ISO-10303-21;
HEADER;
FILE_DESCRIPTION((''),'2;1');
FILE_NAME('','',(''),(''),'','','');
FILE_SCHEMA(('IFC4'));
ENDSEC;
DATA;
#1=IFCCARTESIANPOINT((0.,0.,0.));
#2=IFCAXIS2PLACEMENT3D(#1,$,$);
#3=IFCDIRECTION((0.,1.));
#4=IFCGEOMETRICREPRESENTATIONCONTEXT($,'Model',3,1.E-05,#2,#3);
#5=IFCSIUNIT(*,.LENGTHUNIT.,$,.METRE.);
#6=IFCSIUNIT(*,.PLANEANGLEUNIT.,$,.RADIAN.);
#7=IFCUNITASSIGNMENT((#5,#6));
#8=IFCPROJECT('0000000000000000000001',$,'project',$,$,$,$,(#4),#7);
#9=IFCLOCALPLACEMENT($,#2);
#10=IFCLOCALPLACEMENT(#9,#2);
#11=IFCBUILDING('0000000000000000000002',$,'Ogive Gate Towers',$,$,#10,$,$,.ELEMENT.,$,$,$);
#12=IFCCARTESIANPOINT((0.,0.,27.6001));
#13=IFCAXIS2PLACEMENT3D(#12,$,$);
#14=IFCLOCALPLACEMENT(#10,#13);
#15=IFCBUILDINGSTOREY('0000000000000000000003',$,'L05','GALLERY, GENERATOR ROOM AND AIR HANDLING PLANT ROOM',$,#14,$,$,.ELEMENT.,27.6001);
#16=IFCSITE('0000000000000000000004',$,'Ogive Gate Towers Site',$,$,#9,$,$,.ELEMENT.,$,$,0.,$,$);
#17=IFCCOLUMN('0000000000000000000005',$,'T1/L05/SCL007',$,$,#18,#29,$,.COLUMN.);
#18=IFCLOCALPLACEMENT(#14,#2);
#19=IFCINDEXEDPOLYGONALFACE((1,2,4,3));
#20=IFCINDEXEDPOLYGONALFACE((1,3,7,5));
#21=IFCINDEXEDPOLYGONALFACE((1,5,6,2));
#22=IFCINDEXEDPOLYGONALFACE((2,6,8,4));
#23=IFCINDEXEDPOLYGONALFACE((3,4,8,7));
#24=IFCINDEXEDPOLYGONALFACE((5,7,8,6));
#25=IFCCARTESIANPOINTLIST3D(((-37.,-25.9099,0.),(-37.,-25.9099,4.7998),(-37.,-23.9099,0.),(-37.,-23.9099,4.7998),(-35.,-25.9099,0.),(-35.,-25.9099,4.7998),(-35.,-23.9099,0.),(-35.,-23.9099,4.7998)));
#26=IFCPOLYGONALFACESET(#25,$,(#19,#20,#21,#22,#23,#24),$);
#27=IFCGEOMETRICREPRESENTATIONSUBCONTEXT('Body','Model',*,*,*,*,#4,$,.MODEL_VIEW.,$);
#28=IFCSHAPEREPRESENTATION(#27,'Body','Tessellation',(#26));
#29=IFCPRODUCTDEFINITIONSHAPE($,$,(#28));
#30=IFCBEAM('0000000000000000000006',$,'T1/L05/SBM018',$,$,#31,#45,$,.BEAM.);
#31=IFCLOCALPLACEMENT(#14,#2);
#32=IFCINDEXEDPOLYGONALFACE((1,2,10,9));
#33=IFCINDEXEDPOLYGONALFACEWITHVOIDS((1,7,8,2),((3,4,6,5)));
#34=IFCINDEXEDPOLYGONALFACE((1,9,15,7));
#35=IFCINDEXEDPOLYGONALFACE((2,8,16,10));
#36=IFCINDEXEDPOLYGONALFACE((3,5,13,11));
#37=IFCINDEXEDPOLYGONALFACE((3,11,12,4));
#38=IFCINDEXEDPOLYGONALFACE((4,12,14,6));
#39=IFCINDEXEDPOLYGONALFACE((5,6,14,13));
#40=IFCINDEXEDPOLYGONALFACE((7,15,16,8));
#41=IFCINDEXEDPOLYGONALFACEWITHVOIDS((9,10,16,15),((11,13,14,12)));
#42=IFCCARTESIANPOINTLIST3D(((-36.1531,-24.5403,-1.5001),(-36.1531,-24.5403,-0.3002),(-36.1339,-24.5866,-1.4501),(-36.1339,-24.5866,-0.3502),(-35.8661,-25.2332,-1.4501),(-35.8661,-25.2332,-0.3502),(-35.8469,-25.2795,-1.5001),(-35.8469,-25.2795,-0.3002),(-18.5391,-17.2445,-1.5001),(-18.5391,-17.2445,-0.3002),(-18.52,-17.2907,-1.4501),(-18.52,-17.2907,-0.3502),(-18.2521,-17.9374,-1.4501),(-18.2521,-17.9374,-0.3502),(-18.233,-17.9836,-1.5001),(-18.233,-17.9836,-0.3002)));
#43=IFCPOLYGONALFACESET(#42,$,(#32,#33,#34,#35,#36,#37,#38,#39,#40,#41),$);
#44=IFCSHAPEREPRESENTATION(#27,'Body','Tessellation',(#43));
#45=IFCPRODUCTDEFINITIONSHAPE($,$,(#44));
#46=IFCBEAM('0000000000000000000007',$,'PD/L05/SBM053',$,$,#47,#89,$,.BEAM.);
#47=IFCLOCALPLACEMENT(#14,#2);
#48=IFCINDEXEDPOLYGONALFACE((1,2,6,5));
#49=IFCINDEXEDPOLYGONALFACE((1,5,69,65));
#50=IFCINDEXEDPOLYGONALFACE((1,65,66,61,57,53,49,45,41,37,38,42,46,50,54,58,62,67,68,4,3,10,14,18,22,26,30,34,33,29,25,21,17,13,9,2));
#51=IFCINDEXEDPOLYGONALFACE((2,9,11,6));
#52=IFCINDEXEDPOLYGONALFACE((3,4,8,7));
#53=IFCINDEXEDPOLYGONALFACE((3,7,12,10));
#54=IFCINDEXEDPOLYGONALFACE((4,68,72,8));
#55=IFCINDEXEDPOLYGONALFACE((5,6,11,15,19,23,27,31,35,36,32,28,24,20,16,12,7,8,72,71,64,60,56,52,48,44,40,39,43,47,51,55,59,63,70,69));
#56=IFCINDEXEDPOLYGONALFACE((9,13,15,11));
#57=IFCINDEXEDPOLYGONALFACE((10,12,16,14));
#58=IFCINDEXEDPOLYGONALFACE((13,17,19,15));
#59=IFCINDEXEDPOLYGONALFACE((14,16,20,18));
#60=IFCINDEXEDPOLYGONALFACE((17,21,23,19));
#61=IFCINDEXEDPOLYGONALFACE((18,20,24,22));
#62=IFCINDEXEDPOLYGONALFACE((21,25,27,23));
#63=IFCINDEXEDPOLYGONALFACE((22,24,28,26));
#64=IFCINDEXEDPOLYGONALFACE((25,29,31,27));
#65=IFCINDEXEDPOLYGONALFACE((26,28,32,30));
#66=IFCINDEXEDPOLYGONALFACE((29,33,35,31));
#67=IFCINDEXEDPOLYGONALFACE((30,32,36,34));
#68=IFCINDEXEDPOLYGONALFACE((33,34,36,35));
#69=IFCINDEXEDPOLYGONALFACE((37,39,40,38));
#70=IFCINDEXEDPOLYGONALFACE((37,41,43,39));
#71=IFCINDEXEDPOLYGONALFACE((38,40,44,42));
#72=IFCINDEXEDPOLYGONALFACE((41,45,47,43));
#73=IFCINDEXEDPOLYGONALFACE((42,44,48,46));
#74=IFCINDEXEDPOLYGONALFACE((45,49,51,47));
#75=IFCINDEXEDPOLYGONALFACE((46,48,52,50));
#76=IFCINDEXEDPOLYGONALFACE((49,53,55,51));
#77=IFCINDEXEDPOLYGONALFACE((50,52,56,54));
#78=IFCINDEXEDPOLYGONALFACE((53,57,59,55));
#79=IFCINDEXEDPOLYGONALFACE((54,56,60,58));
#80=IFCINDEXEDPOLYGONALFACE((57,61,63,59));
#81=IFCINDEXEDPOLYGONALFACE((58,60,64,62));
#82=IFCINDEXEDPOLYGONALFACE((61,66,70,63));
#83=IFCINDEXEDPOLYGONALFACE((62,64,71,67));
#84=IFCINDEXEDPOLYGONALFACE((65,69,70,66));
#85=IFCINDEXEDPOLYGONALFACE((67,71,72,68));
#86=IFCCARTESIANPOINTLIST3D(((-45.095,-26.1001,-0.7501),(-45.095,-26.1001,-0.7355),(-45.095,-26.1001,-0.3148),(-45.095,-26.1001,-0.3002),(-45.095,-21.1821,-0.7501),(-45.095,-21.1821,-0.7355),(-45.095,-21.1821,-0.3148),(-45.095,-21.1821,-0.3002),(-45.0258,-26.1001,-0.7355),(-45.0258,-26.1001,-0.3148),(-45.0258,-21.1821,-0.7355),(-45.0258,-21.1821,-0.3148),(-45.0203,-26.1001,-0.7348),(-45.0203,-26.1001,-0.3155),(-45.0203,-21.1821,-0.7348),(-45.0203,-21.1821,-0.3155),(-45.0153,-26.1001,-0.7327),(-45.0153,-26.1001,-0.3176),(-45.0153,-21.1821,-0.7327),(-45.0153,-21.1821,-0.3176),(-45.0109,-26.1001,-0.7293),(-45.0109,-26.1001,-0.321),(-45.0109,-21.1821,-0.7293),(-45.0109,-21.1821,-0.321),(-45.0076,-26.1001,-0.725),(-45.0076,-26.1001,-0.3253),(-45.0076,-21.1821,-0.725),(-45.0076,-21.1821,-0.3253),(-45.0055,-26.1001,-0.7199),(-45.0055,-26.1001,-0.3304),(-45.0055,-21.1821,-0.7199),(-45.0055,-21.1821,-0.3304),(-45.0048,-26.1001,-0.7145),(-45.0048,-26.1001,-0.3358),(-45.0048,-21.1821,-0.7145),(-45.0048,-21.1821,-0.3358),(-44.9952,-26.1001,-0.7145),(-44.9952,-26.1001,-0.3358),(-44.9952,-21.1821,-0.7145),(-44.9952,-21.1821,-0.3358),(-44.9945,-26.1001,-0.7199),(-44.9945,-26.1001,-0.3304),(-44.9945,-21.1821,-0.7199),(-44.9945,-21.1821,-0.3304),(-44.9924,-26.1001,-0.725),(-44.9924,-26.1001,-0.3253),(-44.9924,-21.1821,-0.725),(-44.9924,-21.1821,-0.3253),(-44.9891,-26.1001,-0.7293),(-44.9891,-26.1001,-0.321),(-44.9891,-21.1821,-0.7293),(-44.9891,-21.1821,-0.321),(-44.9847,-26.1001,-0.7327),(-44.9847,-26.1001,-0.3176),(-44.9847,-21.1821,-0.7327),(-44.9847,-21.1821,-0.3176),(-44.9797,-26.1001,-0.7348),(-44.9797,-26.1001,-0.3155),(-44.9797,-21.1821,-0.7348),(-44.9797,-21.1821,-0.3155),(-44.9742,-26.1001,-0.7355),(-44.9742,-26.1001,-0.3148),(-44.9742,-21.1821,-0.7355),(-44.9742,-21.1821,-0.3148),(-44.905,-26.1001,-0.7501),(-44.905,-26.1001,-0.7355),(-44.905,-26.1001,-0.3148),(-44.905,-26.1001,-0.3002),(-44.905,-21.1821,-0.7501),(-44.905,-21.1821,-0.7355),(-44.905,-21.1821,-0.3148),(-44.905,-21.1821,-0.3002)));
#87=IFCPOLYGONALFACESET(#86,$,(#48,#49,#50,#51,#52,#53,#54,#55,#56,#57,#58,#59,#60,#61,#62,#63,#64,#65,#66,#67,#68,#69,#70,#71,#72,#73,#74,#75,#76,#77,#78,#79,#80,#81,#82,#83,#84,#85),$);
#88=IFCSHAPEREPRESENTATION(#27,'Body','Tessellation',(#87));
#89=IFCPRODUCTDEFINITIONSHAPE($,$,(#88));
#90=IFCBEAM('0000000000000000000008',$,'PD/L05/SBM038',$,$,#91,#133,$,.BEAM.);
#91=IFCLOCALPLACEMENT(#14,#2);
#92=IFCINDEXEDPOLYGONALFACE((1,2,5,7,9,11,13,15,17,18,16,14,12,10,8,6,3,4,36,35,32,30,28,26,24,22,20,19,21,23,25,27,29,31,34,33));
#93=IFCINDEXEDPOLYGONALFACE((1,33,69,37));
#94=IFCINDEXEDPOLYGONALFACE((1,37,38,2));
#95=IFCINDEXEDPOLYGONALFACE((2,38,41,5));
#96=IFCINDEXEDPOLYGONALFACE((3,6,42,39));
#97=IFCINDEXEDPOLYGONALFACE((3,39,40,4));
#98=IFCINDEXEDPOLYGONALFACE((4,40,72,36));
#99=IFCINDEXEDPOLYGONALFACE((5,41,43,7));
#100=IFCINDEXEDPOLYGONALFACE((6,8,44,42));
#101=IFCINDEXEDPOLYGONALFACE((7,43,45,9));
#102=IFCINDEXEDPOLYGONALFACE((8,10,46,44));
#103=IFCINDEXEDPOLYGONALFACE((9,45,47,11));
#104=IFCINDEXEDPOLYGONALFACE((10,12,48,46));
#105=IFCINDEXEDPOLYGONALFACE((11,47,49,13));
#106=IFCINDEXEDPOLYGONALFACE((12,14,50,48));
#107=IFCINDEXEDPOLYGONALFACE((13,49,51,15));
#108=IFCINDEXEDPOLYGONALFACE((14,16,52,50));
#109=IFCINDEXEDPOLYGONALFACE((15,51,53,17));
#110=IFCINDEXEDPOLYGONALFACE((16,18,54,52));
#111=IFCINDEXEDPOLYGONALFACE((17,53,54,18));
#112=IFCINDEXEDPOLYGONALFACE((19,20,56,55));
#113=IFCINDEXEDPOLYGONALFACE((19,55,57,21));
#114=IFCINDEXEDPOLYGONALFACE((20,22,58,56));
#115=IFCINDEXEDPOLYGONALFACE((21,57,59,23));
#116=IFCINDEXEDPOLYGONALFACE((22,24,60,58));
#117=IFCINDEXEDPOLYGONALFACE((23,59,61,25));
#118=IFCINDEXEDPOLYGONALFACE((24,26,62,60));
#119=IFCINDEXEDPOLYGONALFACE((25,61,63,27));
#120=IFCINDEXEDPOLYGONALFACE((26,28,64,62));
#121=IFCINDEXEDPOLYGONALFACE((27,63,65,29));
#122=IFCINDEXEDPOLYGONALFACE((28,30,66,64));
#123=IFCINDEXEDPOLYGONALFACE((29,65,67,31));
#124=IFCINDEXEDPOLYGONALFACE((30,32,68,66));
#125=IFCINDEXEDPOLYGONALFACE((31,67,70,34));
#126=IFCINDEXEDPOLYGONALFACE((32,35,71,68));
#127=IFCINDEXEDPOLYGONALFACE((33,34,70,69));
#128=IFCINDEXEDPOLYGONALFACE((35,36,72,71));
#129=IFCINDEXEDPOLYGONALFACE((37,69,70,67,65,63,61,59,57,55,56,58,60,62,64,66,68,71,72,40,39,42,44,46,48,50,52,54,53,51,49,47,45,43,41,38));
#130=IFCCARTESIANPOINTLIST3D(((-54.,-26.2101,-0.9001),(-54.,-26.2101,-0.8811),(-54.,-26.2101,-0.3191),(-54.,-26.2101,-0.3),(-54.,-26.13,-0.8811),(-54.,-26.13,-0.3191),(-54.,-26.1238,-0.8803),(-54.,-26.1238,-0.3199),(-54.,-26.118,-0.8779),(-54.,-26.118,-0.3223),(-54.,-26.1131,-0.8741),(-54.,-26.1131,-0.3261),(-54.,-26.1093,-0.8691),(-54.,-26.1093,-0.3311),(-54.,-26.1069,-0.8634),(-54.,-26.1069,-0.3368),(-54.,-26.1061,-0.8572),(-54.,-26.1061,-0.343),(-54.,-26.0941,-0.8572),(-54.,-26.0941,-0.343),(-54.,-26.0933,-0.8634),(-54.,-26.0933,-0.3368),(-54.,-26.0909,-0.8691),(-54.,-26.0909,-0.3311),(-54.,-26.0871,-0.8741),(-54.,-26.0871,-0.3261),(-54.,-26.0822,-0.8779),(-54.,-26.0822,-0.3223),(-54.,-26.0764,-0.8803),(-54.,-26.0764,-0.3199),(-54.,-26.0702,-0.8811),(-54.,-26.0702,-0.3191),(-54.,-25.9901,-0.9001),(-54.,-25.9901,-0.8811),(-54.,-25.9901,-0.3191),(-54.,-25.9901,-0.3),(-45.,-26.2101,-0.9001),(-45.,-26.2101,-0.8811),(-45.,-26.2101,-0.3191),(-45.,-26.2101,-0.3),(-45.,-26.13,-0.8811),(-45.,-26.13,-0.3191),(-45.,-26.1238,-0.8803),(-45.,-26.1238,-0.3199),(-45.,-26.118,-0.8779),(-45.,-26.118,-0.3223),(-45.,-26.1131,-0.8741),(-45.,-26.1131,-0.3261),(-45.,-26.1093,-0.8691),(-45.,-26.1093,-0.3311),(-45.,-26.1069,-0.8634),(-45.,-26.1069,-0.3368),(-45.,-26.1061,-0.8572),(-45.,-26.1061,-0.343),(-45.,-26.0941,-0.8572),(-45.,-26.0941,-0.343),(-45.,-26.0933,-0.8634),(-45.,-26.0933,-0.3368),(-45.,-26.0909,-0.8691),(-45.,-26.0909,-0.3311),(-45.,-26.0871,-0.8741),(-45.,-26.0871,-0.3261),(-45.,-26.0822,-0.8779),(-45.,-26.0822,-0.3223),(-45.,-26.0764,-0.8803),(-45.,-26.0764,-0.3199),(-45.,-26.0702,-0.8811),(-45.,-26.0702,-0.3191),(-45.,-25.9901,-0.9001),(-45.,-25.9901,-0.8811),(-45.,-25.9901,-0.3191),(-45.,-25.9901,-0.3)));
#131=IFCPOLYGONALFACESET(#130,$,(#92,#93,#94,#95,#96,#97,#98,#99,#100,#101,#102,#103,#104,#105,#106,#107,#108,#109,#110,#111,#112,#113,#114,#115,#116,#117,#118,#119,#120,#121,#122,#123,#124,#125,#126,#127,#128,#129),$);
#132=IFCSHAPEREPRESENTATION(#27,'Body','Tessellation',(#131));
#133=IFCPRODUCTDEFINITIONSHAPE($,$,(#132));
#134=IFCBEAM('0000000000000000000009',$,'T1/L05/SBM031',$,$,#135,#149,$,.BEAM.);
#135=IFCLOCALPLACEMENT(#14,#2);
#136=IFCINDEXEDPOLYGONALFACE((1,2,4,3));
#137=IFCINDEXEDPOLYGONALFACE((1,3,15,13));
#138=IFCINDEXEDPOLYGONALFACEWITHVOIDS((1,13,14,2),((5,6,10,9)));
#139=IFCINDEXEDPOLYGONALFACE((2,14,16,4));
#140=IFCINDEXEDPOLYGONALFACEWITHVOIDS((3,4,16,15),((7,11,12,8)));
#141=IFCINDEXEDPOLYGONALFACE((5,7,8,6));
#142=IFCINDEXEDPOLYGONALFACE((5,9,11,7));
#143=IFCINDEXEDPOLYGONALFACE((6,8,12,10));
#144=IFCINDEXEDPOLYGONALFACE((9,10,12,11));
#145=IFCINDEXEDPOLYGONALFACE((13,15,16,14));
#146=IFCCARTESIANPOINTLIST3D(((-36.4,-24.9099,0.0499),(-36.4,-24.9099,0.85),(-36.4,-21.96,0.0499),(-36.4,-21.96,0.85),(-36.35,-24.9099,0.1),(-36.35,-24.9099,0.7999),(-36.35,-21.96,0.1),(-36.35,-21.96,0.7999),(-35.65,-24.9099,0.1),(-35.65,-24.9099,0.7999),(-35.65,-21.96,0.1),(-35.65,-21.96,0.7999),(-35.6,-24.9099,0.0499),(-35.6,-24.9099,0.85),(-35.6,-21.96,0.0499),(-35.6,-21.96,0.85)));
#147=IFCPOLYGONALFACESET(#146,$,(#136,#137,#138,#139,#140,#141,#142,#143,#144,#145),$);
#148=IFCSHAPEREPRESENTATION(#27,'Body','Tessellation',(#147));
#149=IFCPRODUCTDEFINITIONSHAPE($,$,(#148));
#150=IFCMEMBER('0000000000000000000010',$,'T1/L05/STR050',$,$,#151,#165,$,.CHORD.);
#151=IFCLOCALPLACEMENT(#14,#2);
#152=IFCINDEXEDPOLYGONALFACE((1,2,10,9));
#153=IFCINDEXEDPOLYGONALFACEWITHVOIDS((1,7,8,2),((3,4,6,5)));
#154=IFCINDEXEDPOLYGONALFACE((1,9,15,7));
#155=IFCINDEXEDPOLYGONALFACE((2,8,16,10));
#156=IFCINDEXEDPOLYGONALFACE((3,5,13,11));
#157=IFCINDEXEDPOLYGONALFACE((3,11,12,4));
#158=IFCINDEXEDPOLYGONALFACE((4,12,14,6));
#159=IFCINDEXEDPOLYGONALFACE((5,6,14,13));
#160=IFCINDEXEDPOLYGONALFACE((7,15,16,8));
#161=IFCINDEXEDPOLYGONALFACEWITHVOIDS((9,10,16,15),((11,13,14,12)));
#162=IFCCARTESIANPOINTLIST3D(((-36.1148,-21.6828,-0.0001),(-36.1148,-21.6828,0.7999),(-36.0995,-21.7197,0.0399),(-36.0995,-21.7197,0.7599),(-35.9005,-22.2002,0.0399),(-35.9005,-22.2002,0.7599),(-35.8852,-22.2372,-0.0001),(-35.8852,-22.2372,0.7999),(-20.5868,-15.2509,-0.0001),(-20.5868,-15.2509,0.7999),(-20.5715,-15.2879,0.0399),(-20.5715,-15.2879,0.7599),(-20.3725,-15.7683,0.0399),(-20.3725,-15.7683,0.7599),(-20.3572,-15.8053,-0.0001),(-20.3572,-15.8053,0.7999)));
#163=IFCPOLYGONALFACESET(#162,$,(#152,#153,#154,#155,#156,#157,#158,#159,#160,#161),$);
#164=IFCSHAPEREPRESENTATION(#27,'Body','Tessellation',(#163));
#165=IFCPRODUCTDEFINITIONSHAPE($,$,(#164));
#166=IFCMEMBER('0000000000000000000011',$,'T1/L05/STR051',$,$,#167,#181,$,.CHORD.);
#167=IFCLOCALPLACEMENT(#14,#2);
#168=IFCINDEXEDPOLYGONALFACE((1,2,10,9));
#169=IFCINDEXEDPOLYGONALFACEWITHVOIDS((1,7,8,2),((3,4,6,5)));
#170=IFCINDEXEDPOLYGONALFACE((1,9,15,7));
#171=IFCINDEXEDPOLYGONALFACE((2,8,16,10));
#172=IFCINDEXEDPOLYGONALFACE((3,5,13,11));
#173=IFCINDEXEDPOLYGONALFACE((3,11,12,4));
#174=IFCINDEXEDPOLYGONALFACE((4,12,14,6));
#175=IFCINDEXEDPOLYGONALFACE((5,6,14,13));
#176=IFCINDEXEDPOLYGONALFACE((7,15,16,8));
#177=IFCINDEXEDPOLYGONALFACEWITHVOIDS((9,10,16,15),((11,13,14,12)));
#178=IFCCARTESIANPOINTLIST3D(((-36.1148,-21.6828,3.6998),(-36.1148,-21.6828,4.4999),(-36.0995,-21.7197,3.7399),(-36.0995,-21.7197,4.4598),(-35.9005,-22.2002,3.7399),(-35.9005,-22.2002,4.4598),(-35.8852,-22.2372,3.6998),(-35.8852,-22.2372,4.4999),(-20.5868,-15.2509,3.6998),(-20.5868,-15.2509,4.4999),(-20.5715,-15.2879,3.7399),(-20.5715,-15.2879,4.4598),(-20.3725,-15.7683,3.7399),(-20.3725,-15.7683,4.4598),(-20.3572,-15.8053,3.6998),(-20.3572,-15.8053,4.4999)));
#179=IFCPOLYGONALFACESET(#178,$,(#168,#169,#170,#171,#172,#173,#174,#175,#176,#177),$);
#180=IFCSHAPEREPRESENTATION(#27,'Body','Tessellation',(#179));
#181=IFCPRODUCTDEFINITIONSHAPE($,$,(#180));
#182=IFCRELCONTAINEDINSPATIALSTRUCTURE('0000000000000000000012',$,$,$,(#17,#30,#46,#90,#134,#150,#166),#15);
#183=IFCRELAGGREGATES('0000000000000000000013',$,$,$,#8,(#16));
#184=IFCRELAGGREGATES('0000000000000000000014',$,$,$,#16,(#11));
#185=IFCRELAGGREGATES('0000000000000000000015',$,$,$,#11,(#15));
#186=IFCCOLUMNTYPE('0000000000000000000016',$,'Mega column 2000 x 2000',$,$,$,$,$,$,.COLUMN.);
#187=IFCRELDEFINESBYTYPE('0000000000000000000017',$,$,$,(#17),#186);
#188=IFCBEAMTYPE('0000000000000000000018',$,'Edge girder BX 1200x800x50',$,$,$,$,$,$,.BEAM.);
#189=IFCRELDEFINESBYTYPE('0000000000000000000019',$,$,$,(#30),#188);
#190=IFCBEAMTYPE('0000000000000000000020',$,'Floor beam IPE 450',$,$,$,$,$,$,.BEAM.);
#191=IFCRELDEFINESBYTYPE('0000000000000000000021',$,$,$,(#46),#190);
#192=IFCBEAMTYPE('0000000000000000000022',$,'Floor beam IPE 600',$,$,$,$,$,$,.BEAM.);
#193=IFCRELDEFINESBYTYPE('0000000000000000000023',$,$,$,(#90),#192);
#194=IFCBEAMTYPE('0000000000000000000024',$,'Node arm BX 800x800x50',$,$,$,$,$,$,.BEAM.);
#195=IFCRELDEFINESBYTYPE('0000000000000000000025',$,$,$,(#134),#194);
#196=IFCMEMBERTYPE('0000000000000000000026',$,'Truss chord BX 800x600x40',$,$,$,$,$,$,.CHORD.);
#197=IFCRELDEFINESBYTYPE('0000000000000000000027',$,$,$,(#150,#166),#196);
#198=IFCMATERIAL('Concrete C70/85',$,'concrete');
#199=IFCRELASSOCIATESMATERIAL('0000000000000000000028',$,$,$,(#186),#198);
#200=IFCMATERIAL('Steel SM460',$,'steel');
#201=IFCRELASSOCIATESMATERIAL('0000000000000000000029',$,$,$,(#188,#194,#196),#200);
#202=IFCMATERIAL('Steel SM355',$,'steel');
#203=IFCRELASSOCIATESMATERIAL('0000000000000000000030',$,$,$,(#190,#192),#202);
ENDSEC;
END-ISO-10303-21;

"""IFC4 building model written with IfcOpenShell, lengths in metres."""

from ifc_helpers import new_model, si_unit, direction, frame, origin, origin_2d, place, context, subcontext, project, spatial, rectangle, hollow_rectangle, i_section, extrude, material, material_profile, profile_set, type_object, element, save


model = new_model("IFC4")

# Units and contexts
model_context = context("Model", 3, precision=1e-05, world=origin(), true_north=direction((0.0, 1.0)))
body_context = subcontext(model_context, "Body", "Model", "MODEL_VIEW")
ifc_project = project(units=[si_unit("LENGTHUNIT", "METRE"), si_unit("PLANEANGLEUNIT", "RADIAN")], contexts=[model_context])

# Site, building, storey
site_placement = place(None, origin())
site = spatial("IfcSite", under=ifc_project, at=site_placement, Name="Ogive Gate Towers Site", CompositionType="ELEMENT", RefElevation=0.0)
building_placement = place(site_placement, origin())
building = spatial("IfcBuilding", under=site, at=building_placement, Name="Ogive Gate Towers", CompositionType="ELEMENT")
storey_placement = place(building_placement, frame((0.0, 0.0, 27.6001)))
storey = spatial("IfcBuildingStorey", under=building, at=storey_placement, Name="L05", Description="GALLERY, GENERATOR ROOM AND AIR HANDLING PLANT ROOM", CompositionType="ELEMENT", Elevation=27.6001)

# Column
ifc_material_1 = material(Name="Concrete C70/85", Category="concrete")
ifc_material_profile_1 = material_profile(ifc_material_1, rectangle(XDim=2.0, YDim=2.0, at=origin_2d()), Name="RC 2000x2000")
ifc_profile_set_1 = profile_set([ifc_material_profile_1], Name="Concrete C70/85")
column_type = type_object("IfcColumnType", Name="Mega column 2000 x 2000", PredefinedType="COLUMN", material=ifc_profile_set_1)
column_placement = place(storey_placement, frame((-36.0, -24.9099, 0.0), z_axis=(0.0, 0.0, 1.0), x_axis=(0.0, -1.0, 0.0)))
element("IfcColumn", 1, at=column_placement, inside=storey, type_object=column_type, Name="T1/L05/SCL007", PredefinedType="COLUMN", context=body_context, shape_type="SweptSolid", body=[
    extrude(rectangle(XDim=2.0, YDim=2.0, at=origin_2d()), origin(), (0.0, 0.0, 1.0), 4.7998),
])

# Beams
ifc_material_2 = material(Name="Steel SM460", Category="steel")
ifc_material_profile_2 = material_profile(ifc_material_2, hollow_rectangle(XDim=0.8, YDim=1.2, WallThickness=0.05, at=origin_2d()), Name="BX 1200x800x50")
ifc_profile_set_2 = profile_set([ifc_material_profile_2], Name="Steel SM460")
beam_type_1 = type_object("IfcBeamType", Name="Edge girder BX 1200x800x50", PredefinedType="BEAM", material=ifc_profile_set_2)
beam_1_placement = place(storey_placement, frame((-36.0, -24.9099, -0.9001), z_axis=(0.923881, 0.382681, 0.0), x_axis=(-0.382681, 0.923881, 0.0)))
element("IfcBeam", 2, at=beam_1_placement, inside=storey, type_object=beam_type_1, Name="T1/L05/SBM018", PredefinedType="BEAM", context=body_context, shape_type="SweptSolid", body=[
    extrude(hollow_rectangle(XDim=0.8, YDim=1.2, WallThickness=0.05, at=origin_2d()), origin(), (0.0, 0.0, 1.0), 19.0652),
])
ifc_material_3 = material(Name="Steel SM355", Category="steel")
ifc_material_profile_3 = material_profile(ifc_material_3, i_section(OverallWidth=0.1899, OverallDepth=0.45, WebThickness=0.0095, FlangeThickness=0.0146, FilletRadius=0.021, at=origin_2d()), Name="IPE 450")
ifc_profile_set_3 = profile_set([ifc_material_profile_3], Name="Steel SM355")
beam_type_2 = type_object("IfcBeamType", Name="Floor beam IPE 450", PredefinedType="BEAM", material=ifc_profile_set_3)
beam_2_placement = place(storey_placement, frame((-45.0, -26.1001, -0.5251), z_axis=(0.0, 1.0, 0.0), x_axis=(-1.0, 0.0, 0.0)))
element("IfcBeam", 3, at=beam_2_placement, inside=storey, type_object=beam_type_2, Name="PD/L05/SBM053", PredefinedType="BEAM", context=body_context, shape_type="SweptSolid", body=[
    extrude(i_section(OverallWidth=0.1899, OverallDepth=0.45, WebThickness=0.0095, FlangeThickness=0.0146, FilletRadius=0.021, at=origin_2d()), origin(), (0.0, 0.0, 1.0), 4.918),
])
ifc_material_profile_4 = material_profile(ifc_material_3, i_section(OverallWidth=0.22, OverallDepth=0.6001, WebThickness=0.012, FlangeThickness=0.019, FilletRadius=0.0239, at=origin_2d()), Name="IPE 600")
ifc_profile_set_4 = profile_set([ifc_material_profile_4], Name="Steel SM355")
beam_type_3 = type_object("IfcBeamType", Name="Floor beam IPE 600", PredefinedType="BEAM", material=ifc_profile_set_4)
beam_3_placement = place(storey_placement, frame((-45.0, -26.1001, -0.6001), z_axis=(-1.0, 0.0, 0.0), x_axis=(0.0, -1.0, 0.0)))
element("IfcBeam", 4, at=beam_3_placement, inside=storey, type_object=beam_type_3, Name="PD/L05/SBM038", PredefinedType="BEAM", context=body_context, shape_type="SweptSolid", body=[
    extrude(i_section(OverallWidth=0.22, OverallDepth=0.6001, WebThickness=0.012, FlangeThickness=0.019, FilletRadius=0.0239, at=origin_2d()), origin(), (0.0, 0.0, 1.0), 9.0),
])
ifc_material_profile_5 = material_profile(ifc_material_2, hollow_rectangle(XDim=0.8, YDim=0.8, WallThickness=0.05, at=origin_2d()), Name="BX 800x800x50")
ifc_profile_set_5 = profile_set([ifc_material_profile_5], Name="Steel SM460")
beam_type_4 = type_object("IfcBeamType", Name="Node arm BX 800x800x50", PredefinedType="BEAM", material=ifc_profile_set_5)
beam_4_placement = place(storey_placement, frame((-36.0, -21.96, 0.45), z_axis=(0.0, -1.0, 0.0), x_axis=(1.0, 0.0, 0.0)))
element("IfcBeam", 5, at=beam_4_placement, inside=storey, type_object=beam_type_4, Name="T1/L05/SBM031", PredefinedType="BEAM", context=body_context, shape_type="SweptSolid", body=[
    extrude(hollow_rectangle(XDim=0.8, YDim=0.8, WallThickness=0.05, at=origin_2d()), origin(), (0.0, 0.0, 1.0), 2.95),
])

# Members
ifc_material_profile_6 = material_profile(ifc_material_2, hollow_rectangle(XDim=0.6001, YDim=0.8, WallThickness=0.04, at=origin_2d()), Name="BX 800x600x40")
ifc_profile_set_6 = profile_set([ifc_material_profile_6], Name="Steel SM460")
member_type_1 = type_object("IfcMemberType", Name="Truss chord BX 800x600x40", PredefinedType="CHORD", material=ifc_profile_set_6)
for number, where, z_axis, x_axis, name in (
    (6, (-36.0, -21.96, 0.3999), (0.923881, 0.382681, 0.0), (-0.382681, 0.923881, 0.0), "T1/L05/STR050"),
    (7, (-36.0, -21.96, 4.0999), (0.923881, 0.382681, 0.0), (-0.382681, 0.923881, 0.0), "T1/L05/STR051"),
):
    element("IfcMember", number, at=place(storey_placement, frame(where, z_axis=z_axis, x_axis=x_axis)), inside=storey, type_object=member_type_1, Name=name, PredefinedType="CHORD", context=body_context, shape_type="SweptSolid", body=[
        extrude(hollow_rectangle(XDim=0.6001, YDim=0.8, WallThickness=0.04, at=origin_2d()), origin(), (0.0, 0.0, 1.0), 16.8074),
    ])

save(model, "model.ifc")
